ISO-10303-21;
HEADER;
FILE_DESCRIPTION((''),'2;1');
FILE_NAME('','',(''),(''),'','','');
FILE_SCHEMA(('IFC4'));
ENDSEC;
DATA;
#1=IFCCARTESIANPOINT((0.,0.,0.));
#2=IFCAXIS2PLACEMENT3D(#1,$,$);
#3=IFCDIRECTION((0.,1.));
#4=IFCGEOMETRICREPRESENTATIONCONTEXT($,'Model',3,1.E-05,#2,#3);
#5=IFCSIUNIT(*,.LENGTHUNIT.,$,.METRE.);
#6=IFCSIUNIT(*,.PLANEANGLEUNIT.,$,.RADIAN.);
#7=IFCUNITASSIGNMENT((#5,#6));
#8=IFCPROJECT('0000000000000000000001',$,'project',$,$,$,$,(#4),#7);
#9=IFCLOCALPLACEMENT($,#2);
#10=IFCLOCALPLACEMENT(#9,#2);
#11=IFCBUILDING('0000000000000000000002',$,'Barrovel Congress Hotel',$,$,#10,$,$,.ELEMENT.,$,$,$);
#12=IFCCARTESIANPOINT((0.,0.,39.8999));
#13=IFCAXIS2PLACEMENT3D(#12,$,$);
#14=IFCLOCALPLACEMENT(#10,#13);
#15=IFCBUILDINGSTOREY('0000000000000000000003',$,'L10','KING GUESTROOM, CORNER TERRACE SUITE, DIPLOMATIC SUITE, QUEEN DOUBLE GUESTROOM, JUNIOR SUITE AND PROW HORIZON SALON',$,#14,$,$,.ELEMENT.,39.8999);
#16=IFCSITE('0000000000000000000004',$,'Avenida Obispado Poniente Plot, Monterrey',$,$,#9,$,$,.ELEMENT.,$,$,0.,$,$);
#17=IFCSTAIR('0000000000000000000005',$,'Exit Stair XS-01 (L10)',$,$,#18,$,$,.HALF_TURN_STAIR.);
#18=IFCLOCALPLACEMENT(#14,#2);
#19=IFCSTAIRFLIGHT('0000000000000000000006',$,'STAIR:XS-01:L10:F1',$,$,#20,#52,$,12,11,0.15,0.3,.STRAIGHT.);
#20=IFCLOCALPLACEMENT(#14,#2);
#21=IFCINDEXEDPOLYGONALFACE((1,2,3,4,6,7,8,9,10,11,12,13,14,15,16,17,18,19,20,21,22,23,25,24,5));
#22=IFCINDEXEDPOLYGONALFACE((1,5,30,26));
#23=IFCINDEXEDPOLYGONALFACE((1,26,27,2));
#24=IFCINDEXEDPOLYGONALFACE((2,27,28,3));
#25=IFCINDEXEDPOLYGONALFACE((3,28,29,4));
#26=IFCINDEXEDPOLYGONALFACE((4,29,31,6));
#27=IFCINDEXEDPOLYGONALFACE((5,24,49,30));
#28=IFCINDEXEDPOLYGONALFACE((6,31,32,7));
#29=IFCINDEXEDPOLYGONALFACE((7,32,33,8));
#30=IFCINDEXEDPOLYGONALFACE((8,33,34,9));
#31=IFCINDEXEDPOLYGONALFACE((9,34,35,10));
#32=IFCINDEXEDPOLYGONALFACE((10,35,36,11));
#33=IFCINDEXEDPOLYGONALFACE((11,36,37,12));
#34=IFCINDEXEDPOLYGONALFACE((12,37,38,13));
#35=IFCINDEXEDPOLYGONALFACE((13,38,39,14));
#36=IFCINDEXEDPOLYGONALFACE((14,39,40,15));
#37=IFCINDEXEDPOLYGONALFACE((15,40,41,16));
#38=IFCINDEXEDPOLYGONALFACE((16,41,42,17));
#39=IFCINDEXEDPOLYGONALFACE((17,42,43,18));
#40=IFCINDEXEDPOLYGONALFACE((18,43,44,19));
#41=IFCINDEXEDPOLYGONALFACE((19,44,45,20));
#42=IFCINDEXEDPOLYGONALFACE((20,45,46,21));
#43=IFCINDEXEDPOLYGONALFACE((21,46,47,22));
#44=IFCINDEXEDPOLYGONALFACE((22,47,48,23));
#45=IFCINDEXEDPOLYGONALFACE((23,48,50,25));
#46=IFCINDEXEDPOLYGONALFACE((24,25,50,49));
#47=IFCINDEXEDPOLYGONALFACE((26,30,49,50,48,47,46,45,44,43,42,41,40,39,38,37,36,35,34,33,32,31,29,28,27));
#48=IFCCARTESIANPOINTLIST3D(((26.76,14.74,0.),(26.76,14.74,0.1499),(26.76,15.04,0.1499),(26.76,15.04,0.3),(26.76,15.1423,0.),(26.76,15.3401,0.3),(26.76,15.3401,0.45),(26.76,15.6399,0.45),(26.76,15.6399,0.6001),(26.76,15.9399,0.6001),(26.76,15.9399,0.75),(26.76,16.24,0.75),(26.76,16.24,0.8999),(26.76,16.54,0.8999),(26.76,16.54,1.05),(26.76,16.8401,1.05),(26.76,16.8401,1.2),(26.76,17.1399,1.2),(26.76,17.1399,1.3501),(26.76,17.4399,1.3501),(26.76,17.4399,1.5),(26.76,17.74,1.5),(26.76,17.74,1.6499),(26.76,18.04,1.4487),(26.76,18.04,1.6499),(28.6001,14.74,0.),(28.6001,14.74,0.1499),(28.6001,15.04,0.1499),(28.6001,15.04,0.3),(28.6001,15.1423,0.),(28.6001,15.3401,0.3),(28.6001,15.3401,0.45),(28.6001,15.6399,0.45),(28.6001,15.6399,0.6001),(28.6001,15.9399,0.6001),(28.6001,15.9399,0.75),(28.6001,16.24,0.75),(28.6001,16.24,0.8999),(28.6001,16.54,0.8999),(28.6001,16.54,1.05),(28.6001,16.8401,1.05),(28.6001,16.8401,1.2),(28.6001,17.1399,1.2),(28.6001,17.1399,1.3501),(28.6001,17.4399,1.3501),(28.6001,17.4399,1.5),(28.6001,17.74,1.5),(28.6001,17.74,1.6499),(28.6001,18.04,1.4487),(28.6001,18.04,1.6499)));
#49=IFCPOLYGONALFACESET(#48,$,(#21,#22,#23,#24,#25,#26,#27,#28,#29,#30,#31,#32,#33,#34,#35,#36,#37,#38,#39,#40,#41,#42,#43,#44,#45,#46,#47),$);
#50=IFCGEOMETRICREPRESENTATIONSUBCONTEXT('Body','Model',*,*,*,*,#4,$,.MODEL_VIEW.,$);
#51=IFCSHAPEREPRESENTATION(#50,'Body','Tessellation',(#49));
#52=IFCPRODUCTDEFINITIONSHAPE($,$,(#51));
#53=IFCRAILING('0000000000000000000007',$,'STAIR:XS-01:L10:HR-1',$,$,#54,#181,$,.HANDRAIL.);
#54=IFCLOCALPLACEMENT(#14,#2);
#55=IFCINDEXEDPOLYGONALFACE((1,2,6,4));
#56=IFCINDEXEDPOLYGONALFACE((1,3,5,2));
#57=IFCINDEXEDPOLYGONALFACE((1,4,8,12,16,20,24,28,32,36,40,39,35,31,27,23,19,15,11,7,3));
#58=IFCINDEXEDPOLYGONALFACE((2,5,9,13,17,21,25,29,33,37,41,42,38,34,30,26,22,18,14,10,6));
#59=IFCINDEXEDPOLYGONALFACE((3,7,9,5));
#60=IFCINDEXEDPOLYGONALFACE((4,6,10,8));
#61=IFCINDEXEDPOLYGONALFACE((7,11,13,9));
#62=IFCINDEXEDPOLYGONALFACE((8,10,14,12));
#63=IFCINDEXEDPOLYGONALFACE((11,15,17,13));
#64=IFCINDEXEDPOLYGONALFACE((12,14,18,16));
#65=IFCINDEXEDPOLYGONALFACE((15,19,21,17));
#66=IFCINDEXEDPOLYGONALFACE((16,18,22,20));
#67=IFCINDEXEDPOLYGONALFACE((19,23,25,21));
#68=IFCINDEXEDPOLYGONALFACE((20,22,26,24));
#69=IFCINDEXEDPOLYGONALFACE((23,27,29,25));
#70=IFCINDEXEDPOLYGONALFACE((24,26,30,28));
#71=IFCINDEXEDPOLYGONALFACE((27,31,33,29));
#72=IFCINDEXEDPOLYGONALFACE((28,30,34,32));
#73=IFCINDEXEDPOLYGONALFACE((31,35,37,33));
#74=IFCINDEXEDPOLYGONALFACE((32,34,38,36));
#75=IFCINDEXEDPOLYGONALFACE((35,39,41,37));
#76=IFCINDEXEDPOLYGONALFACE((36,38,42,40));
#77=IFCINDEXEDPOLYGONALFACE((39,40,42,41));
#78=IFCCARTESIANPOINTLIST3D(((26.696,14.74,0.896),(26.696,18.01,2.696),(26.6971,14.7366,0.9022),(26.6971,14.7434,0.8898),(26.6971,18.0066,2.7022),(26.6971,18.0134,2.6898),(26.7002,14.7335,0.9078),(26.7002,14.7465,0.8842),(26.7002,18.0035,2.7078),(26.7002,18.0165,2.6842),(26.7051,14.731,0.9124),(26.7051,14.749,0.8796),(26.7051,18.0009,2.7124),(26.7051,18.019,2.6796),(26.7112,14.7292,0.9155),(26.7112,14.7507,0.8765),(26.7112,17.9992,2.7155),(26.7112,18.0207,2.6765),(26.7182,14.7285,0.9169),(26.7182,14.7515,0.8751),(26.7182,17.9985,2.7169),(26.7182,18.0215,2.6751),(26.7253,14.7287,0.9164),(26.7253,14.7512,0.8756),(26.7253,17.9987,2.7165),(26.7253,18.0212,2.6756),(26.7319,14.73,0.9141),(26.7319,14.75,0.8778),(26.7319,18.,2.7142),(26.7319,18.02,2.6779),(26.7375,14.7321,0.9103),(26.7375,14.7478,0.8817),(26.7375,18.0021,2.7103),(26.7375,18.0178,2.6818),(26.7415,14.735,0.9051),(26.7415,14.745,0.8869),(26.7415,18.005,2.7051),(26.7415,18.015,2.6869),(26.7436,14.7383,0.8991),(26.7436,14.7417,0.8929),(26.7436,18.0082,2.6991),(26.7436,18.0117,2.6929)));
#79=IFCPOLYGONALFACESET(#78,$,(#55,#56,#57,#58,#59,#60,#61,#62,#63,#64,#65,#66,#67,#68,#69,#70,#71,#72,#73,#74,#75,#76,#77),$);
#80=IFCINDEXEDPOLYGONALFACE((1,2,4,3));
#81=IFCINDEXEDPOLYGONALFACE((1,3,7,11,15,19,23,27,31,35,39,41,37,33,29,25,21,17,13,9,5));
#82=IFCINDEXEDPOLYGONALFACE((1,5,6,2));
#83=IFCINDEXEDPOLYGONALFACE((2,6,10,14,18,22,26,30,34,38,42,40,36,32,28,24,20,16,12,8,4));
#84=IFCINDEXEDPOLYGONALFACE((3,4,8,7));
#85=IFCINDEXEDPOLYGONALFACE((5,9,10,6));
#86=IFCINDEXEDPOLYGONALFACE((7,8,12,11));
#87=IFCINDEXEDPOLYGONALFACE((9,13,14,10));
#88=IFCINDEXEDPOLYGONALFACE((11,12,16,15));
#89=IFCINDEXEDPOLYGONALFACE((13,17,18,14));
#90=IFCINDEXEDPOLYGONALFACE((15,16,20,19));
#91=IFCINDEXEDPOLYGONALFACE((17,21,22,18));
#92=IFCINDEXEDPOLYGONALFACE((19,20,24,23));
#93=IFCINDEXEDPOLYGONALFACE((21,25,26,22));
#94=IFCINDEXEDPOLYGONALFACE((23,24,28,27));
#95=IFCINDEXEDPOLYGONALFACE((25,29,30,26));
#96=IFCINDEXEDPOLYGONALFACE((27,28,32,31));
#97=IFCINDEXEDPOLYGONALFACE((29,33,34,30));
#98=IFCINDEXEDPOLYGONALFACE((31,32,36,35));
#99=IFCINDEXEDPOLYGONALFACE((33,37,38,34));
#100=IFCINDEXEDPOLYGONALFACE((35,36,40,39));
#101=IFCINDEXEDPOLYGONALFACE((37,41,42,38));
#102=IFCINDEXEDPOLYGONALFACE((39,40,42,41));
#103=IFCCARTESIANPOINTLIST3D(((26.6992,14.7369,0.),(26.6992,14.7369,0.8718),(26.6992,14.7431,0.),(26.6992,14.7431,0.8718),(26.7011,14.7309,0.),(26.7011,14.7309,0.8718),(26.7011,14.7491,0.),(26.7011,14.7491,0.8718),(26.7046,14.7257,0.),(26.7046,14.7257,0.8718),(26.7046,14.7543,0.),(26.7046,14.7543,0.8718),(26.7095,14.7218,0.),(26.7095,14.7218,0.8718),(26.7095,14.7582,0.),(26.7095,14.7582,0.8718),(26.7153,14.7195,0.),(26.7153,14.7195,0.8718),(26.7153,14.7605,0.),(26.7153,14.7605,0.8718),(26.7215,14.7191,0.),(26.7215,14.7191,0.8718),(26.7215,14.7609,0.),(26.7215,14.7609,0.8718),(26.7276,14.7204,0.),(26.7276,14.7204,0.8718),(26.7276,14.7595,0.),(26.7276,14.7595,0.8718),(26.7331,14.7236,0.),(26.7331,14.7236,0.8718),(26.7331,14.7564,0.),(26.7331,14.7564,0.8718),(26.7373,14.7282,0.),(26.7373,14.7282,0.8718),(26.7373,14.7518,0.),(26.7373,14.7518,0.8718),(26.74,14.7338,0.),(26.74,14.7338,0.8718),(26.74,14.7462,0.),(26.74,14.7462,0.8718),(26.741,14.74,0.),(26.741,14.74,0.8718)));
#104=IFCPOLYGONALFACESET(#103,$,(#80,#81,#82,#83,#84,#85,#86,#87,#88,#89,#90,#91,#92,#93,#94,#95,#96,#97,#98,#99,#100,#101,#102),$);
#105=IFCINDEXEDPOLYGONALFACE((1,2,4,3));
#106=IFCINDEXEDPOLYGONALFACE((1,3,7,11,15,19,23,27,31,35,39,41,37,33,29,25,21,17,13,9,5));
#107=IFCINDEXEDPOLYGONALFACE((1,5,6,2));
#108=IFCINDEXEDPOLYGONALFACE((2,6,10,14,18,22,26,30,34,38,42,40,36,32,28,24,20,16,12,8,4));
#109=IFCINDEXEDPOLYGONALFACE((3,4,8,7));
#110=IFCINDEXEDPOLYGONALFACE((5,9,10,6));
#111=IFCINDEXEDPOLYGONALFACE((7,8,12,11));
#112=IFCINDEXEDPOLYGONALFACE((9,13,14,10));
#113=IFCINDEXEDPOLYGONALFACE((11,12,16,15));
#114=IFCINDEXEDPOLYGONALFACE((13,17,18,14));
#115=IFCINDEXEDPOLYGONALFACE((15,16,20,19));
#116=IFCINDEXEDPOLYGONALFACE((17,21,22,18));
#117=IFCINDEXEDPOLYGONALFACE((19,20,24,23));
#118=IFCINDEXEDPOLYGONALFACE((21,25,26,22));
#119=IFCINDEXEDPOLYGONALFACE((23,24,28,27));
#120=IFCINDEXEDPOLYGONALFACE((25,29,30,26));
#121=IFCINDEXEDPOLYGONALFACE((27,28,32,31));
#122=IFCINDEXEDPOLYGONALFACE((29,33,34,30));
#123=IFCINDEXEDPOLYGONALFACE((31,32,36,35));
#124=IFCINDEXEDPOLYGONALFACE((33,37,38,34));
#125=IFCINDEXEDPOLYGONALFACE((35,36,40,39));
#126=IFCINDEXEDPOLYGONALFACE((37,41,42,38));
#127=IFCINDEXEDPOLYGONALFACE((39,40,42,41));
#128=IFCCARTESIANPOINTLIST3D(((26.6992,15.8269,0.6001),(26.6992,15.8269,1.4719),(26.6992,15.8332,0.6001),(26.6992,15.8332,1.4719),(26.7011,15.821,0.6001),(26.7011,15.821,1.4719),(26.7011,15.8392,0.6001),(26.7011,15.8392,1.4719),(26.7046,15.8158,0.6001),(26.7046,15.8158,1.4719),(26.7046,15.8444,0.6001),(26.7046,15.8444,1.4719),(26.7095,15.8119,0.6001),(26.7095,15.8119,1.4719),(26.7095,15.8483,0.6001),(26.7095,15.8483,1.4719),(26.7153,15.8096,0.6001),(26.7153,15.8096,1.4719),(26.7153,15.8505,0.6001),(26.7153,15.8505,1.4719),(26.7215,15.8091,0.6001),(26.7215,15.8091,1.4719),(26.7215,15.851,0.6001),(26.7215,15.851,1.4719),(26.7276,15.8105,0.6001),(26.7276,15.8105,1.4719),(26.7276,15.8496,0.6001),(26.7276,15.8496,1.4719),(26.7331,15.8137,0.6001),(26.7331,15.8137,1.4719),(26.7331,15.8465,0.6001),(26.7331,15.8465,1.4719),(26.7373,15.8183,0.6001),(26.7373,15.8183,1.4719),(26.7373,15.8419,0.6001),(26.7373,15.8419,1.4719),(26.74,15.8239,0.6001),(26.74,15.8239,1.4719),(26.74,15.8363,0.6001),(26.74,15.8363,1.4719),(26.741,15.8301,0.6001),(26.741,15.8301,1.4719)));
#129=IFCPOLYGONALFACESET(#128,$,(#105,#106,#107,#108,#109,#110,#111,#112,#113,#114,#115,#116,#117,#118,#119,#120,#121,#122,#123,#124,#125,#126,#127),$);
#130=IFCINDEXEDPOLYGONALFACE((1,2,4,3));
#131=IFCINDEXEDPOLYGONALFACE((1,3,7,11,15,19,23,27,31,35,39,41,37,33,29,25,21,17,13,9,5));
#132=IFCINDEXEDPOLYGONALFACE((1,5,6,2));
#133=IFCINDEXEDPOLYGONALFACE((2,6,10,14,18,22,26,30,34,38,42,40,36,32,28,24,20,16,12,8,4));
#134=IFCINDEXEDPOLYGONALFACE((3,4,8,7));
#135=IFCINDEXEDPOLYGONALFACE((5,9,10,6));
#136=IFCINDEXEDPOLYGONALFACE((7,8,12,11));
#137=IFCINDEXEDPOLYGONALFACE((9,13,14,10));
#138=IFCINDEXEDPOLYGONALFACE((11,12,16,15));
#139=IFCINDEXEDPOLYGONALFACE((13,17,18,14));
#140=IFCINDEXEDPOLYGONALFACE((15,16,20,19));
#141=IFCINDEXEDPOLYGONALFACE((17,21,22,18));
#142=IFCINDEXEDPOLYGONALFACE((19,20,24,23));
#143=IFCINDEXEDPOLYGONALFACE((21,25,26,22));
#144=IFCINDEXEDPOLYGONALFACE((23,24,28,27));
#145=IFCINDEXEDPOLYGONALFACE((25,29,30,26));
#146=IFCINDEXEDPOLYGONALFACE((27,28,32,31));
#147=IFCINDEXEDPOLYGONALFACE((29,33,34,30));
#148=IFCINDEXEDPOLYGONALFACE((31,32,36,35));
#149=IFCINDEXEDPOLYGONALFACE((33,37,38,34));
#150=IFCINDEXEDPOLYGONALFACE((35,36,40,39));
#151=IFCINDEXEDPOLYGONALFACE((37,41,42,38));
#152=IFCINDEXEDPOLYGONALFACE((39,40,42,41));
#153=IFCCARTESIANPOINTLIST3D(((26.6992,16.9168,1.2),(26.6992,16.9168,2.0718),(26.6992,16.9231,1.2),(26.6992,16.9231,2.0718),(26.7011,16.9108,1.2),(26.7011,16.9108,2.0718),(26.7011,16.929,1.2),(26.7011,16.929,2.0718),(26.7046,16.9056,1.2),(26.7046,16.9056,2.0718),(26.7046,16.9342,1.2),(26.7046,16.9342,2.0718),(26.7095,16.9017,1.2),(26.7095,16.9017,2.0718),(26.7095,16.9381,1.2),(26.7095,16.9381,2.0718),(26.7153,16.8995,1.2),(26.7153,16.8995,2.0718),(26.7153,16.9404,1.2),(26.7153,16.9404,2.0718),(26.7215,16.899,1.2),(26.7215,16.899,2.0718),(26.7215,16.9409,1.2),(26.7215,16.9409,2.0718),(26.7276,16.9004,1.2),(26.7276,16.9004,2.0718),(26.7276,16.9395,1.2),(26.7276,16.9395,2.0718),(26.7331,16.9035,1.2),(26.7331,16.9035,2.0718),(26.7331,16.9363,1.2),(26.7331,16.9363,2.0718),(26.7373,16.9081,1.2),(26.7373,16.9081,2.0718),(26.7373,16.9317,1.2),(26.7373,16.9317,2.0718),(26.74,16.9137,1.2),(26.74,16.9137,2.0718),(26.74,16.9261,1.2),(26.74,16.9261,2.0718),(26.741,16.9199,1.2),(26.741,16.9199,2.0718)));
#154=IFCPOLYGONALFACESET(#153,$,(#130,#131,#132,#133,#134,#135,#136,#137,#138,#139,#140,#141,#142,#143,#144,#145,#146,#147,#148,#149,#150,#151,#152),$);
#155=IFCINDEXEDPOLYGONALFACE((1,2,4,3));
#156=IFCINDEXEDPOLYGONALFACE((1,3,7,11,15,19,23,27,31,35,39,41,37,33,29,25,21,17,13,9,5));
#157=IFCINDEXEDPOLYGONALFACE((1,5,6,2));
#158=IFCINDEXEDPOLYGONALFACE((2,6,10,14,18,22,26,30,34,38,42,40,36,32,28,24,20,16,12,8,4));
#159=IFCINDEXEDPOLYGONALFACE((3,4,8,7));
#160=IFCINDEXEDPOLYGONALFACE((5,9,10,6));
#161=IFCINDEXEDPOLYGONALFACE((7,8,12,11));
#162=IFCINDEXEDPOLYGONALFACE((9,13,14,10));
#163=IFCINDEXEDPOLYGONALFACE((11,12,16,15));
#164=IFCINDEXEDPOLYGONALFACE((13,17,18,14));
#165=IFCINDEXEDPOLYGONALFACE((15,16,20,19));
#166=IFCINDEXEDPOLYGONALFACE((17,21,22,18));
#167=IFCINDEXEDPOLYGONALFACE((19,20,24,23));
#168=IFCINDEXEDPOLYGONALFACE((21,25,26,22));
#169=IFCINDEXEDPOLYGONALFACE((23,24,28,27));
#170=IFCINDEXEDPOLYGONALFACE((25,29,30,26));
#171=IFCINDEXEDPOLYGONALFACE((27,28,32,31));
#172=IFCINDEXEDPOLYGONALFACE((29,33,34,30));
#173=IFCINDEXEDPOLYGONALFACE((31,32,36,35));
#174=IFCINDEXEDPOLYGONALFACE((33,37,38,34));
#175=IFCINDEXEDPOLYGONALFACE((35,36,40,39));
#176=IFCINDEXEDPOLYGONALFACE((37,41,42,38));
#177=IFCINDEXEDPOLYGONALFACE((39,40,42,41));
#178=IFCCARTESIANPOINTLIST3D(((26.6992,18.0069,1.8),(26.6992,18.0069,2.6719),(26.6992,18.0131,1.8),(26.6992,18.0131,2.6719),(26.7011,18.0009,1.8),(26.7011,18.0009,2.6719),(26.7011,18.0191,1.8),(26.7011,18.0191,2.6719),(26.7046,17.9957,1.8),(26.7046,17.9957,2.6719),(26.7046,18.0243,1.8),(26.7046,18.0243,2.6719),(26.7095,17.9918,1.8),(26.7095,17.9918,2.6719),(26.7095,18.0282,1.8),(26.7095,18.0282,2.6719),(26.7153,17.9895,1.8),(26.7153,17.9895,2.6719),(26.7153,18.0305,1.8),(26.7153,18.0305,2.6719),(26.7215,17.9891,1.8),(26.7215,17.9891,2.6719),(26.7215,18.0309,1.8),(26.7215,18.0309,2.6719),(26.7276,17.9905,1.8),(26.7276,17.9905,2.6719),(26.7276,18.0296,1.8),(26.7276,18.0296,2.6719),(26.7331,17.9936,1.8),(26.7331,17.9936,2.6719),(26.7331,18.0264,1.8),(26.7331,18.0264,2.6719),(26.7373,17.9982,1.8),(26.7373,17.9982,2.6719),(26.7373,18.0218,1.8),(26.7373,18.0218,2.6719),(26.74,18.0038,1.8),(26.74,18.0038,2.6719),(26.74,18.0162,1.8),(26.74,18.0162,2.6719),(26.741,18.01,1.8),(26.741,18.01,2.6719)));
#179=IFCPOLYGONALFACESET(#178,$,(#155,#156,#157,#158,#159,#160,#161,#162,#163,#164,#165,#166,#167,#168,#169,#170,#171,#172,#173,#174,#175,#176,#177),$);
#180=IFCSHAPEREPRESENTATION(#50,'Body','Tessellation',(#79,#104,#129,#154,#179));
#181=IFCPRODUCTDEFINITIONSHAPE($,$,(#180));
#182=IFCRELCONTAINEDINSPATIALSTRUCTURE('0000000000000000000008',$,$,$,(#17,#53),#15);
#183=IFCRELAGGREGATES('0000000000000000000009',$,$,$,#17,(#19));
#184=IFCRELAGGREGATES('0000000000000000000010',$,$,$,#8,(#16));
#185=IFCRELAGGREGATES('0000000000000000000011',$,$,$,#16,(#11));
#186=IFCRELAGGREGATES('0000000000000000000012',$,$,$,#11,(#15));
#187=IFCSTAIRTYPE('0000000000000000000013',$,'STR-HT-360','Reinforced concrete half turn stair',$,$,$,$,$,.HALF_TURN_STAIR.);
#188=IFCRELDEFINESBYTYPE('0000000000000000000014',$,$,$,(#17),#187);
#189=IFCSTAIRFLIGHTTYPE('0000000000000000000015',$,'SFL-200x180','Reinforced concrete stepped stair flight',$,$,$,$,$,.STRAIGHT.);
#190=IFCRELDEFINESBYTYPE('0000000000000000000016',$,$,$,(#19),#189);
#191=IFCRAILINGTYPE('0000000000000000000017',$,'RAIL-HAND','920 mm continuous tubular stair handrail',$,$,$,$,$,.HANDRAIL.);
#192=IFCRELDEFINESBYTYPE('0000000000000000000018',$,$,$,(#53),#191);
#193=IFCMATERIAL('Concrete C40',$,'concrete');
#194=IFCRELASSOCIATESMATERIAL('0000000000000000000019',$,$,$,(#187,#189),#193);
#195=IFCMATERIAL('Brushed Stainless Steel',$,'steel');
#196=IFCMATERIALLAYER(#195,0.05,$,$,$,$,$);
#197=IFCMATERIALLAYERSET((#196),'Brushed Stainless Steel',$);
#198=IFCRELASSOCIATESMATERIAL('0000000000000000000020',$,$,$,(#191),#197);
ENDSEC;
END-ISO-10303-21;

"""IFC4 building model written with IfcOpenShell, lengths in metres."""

from ifc_helpers import new_model, si_unit, direction, frame, origin, origin_2d, place, context, subcontext, project, spatial, polyline, circle, outline, extrude, material, layer, layer_set, type_object, element, aggregate, save


model = new_model("IFC4")

# Units and contexts
model_context = context("Model", 3, precision=1e-05, world=origin(), true_north=direction((0.0, 1.0)))
body_context = subcontext(model_context, "Body", "Model", "MODEL_VIEW")
ifc_project = project(units=[si_unit("LENGTHUNIT", "METRE"), si_unit("PLANEANGLEUNIT", "RADIAN")], contexts=[model_context])

# Site, building, storey
site_placement = place(None, origin())
site = spatial("IfcSite", under=ifc_project, at=site_placement, Name="Avenida Obispado Poniente Plot, Monterrey", CompositionType="ELEMENT", RefElevation=0.0)
building_placement = place(site_placement, origin())
building = spatial("IfcBuilding", under=site, at=building_placement, Name="Barrovel Congress Hotel", CompositionType="ELEMENT")
storey_placement = place(building_placement, frame((0.0, 0.0, 39.8999)))
storey = spatial("IfcBuildingStorey", under=building, at=storey_placement, Name="L10", Description="KING GUESTROOM, CORNER TERRACE SUITE, DIPLOMATIC SUITE, QUEEN DOUBLE GUESTROOM, JUNIOR SUITE AND PROW HORIZON SALON", CompositionType="ELEMENT", Elevation=39.8999)

# Shared definitions
ifc_material_1 = material(Name="Concrete C40", Category="concrete")

# Stair, stair flight
stair_type = type_object("IfcStairType", Name="STR-HT-360", Description="Reinforced concrete half turn stair", PredefinedType="HALF_TURN_STAIR", material=ifc_material_1)
stair_placement = place(storey_placement, origin())
stair = element("IfcStair", 1, at=stair_placement, inside=storey, type_object=stair_type, Name="Exit Stair XS-01 (L10)", PredefinedType="HALF_TURN_STAIR")
stair_flight_type = type_object("IfcStairFlightType", Name="SFL-200x180", Description="Reinforced concrete stepped stair flight", PredefinedType="STRAIGHT", material=ifc_material_1)
stair_flight_placement = place(storey_placement, frame((27.6799, 14.74, 0.0), z_axis=(0.0, 0.0, 1.0), x_axis=(0.0, 1.0, 0.0)))
stair_flight = element("IfcStairFlight", 2, at=stair_flight_placement, type_object=stair_flight_type, Name="STAIR:XS-01:L10:F1", NumberOfRisers=12, NumberOfTreads=11, PredefinedType="STRAIGHT", RiserHeight=0.15, TreadLength=0.3, context=body_context, shape_type="SweptSolid", body=[
    extrude(outline(polyline([(0.0, 0.0), (0.0, 0.1499), (0.3, 0.1499), (0.3, 0.3), (0.6001, 0.3), (0.6001, 0.45), (0.8999, 0.45), (0.8999, 0.6001), (1.2, 0.6001), (1.2, 0.75), (1.5, 0.75), (1.5, 0.8999), (1.8, 0.8999), (1.8, 1.05), (2.1001, 1.05), (2.1001, 1.2), (2.3999, 1.2), (2.3999, 1.3501), (2.7, 1.3501), (2.7, 1.5), (3.0, 1.5), (3.0, 1.6499), (3.3, 1.6499), (3.3, 1.8), (3.3, 1.4487), (0.4023, 0.0), (0.0, 0.0)])), frame((0.0, 0.9199, 0.0), z_axis=(0.0, -1.0, 0.0), x_axis=(1.0, 0.0, 0.0)), (0.0, 0.0, 1.0), 1.8401),
])
aggregate(stair, [stair_flight])

# Railing
ifc_material_2 = material(Name="Brushed Stainless Steel", Category="steel")
ifc_layer_1 = layer(ifc_material_2, 0.05)
ifc_layer_set_1 = layer_set([ifc_layer_1], Name="Brushed Stainless Steel")
railing_type_1 = type_object("IfcRailingType", Name="RAIL-HAND", Description="920 mm continuous tubular stair handrail", PredefinedType="HANDRAIL", material=ifc_layer_set_1)
railing_1_placement = place(storey_placement, frame((26.72, 14.74, 0.0)))
element("IfcRailing", 3, at=railing_1_placement, inside=storey, type_object=railing_type_1, Name="STAIR:XS-01:L10:HR-1", PredefinedType="HANDRAIL", context=body_context, shape_type="SweptSolid", body=[
    extrude(circle(Radius=0.0239, at=origin_2d()), frame((0.0, 0.0, 0.896), z_axis=(0.0, 0.876042, 0.482235), x_axis=(-1.0, 0.0, 0.0)), (0.0, 0.0, 1.0), 3.7327),
    extrude(circle(Radius=0.021, at=origin_2d()), origin(), (0.0, 0.0, 1.0), 0.8718),
    extrude(circle(Radius=0.021, at=origin_2d()), frame((0.0, 1.0901, 0.6001)), (0.0, 0.0, 1.0), 0.8718),
    extrude(circle(Radius=0.021, at=origin_2d()), frame((0.0, 2.1799, 1.2)), (0.0, 0.0, 1.0), 0.8718),
    extrude(circle(Radius=0.021, at=origin_2d()), frame((0.0, 3.27, 1.8)), (0.0, 0.0, 1.0), 0.8718),
])

save(model, "model.ifc")
